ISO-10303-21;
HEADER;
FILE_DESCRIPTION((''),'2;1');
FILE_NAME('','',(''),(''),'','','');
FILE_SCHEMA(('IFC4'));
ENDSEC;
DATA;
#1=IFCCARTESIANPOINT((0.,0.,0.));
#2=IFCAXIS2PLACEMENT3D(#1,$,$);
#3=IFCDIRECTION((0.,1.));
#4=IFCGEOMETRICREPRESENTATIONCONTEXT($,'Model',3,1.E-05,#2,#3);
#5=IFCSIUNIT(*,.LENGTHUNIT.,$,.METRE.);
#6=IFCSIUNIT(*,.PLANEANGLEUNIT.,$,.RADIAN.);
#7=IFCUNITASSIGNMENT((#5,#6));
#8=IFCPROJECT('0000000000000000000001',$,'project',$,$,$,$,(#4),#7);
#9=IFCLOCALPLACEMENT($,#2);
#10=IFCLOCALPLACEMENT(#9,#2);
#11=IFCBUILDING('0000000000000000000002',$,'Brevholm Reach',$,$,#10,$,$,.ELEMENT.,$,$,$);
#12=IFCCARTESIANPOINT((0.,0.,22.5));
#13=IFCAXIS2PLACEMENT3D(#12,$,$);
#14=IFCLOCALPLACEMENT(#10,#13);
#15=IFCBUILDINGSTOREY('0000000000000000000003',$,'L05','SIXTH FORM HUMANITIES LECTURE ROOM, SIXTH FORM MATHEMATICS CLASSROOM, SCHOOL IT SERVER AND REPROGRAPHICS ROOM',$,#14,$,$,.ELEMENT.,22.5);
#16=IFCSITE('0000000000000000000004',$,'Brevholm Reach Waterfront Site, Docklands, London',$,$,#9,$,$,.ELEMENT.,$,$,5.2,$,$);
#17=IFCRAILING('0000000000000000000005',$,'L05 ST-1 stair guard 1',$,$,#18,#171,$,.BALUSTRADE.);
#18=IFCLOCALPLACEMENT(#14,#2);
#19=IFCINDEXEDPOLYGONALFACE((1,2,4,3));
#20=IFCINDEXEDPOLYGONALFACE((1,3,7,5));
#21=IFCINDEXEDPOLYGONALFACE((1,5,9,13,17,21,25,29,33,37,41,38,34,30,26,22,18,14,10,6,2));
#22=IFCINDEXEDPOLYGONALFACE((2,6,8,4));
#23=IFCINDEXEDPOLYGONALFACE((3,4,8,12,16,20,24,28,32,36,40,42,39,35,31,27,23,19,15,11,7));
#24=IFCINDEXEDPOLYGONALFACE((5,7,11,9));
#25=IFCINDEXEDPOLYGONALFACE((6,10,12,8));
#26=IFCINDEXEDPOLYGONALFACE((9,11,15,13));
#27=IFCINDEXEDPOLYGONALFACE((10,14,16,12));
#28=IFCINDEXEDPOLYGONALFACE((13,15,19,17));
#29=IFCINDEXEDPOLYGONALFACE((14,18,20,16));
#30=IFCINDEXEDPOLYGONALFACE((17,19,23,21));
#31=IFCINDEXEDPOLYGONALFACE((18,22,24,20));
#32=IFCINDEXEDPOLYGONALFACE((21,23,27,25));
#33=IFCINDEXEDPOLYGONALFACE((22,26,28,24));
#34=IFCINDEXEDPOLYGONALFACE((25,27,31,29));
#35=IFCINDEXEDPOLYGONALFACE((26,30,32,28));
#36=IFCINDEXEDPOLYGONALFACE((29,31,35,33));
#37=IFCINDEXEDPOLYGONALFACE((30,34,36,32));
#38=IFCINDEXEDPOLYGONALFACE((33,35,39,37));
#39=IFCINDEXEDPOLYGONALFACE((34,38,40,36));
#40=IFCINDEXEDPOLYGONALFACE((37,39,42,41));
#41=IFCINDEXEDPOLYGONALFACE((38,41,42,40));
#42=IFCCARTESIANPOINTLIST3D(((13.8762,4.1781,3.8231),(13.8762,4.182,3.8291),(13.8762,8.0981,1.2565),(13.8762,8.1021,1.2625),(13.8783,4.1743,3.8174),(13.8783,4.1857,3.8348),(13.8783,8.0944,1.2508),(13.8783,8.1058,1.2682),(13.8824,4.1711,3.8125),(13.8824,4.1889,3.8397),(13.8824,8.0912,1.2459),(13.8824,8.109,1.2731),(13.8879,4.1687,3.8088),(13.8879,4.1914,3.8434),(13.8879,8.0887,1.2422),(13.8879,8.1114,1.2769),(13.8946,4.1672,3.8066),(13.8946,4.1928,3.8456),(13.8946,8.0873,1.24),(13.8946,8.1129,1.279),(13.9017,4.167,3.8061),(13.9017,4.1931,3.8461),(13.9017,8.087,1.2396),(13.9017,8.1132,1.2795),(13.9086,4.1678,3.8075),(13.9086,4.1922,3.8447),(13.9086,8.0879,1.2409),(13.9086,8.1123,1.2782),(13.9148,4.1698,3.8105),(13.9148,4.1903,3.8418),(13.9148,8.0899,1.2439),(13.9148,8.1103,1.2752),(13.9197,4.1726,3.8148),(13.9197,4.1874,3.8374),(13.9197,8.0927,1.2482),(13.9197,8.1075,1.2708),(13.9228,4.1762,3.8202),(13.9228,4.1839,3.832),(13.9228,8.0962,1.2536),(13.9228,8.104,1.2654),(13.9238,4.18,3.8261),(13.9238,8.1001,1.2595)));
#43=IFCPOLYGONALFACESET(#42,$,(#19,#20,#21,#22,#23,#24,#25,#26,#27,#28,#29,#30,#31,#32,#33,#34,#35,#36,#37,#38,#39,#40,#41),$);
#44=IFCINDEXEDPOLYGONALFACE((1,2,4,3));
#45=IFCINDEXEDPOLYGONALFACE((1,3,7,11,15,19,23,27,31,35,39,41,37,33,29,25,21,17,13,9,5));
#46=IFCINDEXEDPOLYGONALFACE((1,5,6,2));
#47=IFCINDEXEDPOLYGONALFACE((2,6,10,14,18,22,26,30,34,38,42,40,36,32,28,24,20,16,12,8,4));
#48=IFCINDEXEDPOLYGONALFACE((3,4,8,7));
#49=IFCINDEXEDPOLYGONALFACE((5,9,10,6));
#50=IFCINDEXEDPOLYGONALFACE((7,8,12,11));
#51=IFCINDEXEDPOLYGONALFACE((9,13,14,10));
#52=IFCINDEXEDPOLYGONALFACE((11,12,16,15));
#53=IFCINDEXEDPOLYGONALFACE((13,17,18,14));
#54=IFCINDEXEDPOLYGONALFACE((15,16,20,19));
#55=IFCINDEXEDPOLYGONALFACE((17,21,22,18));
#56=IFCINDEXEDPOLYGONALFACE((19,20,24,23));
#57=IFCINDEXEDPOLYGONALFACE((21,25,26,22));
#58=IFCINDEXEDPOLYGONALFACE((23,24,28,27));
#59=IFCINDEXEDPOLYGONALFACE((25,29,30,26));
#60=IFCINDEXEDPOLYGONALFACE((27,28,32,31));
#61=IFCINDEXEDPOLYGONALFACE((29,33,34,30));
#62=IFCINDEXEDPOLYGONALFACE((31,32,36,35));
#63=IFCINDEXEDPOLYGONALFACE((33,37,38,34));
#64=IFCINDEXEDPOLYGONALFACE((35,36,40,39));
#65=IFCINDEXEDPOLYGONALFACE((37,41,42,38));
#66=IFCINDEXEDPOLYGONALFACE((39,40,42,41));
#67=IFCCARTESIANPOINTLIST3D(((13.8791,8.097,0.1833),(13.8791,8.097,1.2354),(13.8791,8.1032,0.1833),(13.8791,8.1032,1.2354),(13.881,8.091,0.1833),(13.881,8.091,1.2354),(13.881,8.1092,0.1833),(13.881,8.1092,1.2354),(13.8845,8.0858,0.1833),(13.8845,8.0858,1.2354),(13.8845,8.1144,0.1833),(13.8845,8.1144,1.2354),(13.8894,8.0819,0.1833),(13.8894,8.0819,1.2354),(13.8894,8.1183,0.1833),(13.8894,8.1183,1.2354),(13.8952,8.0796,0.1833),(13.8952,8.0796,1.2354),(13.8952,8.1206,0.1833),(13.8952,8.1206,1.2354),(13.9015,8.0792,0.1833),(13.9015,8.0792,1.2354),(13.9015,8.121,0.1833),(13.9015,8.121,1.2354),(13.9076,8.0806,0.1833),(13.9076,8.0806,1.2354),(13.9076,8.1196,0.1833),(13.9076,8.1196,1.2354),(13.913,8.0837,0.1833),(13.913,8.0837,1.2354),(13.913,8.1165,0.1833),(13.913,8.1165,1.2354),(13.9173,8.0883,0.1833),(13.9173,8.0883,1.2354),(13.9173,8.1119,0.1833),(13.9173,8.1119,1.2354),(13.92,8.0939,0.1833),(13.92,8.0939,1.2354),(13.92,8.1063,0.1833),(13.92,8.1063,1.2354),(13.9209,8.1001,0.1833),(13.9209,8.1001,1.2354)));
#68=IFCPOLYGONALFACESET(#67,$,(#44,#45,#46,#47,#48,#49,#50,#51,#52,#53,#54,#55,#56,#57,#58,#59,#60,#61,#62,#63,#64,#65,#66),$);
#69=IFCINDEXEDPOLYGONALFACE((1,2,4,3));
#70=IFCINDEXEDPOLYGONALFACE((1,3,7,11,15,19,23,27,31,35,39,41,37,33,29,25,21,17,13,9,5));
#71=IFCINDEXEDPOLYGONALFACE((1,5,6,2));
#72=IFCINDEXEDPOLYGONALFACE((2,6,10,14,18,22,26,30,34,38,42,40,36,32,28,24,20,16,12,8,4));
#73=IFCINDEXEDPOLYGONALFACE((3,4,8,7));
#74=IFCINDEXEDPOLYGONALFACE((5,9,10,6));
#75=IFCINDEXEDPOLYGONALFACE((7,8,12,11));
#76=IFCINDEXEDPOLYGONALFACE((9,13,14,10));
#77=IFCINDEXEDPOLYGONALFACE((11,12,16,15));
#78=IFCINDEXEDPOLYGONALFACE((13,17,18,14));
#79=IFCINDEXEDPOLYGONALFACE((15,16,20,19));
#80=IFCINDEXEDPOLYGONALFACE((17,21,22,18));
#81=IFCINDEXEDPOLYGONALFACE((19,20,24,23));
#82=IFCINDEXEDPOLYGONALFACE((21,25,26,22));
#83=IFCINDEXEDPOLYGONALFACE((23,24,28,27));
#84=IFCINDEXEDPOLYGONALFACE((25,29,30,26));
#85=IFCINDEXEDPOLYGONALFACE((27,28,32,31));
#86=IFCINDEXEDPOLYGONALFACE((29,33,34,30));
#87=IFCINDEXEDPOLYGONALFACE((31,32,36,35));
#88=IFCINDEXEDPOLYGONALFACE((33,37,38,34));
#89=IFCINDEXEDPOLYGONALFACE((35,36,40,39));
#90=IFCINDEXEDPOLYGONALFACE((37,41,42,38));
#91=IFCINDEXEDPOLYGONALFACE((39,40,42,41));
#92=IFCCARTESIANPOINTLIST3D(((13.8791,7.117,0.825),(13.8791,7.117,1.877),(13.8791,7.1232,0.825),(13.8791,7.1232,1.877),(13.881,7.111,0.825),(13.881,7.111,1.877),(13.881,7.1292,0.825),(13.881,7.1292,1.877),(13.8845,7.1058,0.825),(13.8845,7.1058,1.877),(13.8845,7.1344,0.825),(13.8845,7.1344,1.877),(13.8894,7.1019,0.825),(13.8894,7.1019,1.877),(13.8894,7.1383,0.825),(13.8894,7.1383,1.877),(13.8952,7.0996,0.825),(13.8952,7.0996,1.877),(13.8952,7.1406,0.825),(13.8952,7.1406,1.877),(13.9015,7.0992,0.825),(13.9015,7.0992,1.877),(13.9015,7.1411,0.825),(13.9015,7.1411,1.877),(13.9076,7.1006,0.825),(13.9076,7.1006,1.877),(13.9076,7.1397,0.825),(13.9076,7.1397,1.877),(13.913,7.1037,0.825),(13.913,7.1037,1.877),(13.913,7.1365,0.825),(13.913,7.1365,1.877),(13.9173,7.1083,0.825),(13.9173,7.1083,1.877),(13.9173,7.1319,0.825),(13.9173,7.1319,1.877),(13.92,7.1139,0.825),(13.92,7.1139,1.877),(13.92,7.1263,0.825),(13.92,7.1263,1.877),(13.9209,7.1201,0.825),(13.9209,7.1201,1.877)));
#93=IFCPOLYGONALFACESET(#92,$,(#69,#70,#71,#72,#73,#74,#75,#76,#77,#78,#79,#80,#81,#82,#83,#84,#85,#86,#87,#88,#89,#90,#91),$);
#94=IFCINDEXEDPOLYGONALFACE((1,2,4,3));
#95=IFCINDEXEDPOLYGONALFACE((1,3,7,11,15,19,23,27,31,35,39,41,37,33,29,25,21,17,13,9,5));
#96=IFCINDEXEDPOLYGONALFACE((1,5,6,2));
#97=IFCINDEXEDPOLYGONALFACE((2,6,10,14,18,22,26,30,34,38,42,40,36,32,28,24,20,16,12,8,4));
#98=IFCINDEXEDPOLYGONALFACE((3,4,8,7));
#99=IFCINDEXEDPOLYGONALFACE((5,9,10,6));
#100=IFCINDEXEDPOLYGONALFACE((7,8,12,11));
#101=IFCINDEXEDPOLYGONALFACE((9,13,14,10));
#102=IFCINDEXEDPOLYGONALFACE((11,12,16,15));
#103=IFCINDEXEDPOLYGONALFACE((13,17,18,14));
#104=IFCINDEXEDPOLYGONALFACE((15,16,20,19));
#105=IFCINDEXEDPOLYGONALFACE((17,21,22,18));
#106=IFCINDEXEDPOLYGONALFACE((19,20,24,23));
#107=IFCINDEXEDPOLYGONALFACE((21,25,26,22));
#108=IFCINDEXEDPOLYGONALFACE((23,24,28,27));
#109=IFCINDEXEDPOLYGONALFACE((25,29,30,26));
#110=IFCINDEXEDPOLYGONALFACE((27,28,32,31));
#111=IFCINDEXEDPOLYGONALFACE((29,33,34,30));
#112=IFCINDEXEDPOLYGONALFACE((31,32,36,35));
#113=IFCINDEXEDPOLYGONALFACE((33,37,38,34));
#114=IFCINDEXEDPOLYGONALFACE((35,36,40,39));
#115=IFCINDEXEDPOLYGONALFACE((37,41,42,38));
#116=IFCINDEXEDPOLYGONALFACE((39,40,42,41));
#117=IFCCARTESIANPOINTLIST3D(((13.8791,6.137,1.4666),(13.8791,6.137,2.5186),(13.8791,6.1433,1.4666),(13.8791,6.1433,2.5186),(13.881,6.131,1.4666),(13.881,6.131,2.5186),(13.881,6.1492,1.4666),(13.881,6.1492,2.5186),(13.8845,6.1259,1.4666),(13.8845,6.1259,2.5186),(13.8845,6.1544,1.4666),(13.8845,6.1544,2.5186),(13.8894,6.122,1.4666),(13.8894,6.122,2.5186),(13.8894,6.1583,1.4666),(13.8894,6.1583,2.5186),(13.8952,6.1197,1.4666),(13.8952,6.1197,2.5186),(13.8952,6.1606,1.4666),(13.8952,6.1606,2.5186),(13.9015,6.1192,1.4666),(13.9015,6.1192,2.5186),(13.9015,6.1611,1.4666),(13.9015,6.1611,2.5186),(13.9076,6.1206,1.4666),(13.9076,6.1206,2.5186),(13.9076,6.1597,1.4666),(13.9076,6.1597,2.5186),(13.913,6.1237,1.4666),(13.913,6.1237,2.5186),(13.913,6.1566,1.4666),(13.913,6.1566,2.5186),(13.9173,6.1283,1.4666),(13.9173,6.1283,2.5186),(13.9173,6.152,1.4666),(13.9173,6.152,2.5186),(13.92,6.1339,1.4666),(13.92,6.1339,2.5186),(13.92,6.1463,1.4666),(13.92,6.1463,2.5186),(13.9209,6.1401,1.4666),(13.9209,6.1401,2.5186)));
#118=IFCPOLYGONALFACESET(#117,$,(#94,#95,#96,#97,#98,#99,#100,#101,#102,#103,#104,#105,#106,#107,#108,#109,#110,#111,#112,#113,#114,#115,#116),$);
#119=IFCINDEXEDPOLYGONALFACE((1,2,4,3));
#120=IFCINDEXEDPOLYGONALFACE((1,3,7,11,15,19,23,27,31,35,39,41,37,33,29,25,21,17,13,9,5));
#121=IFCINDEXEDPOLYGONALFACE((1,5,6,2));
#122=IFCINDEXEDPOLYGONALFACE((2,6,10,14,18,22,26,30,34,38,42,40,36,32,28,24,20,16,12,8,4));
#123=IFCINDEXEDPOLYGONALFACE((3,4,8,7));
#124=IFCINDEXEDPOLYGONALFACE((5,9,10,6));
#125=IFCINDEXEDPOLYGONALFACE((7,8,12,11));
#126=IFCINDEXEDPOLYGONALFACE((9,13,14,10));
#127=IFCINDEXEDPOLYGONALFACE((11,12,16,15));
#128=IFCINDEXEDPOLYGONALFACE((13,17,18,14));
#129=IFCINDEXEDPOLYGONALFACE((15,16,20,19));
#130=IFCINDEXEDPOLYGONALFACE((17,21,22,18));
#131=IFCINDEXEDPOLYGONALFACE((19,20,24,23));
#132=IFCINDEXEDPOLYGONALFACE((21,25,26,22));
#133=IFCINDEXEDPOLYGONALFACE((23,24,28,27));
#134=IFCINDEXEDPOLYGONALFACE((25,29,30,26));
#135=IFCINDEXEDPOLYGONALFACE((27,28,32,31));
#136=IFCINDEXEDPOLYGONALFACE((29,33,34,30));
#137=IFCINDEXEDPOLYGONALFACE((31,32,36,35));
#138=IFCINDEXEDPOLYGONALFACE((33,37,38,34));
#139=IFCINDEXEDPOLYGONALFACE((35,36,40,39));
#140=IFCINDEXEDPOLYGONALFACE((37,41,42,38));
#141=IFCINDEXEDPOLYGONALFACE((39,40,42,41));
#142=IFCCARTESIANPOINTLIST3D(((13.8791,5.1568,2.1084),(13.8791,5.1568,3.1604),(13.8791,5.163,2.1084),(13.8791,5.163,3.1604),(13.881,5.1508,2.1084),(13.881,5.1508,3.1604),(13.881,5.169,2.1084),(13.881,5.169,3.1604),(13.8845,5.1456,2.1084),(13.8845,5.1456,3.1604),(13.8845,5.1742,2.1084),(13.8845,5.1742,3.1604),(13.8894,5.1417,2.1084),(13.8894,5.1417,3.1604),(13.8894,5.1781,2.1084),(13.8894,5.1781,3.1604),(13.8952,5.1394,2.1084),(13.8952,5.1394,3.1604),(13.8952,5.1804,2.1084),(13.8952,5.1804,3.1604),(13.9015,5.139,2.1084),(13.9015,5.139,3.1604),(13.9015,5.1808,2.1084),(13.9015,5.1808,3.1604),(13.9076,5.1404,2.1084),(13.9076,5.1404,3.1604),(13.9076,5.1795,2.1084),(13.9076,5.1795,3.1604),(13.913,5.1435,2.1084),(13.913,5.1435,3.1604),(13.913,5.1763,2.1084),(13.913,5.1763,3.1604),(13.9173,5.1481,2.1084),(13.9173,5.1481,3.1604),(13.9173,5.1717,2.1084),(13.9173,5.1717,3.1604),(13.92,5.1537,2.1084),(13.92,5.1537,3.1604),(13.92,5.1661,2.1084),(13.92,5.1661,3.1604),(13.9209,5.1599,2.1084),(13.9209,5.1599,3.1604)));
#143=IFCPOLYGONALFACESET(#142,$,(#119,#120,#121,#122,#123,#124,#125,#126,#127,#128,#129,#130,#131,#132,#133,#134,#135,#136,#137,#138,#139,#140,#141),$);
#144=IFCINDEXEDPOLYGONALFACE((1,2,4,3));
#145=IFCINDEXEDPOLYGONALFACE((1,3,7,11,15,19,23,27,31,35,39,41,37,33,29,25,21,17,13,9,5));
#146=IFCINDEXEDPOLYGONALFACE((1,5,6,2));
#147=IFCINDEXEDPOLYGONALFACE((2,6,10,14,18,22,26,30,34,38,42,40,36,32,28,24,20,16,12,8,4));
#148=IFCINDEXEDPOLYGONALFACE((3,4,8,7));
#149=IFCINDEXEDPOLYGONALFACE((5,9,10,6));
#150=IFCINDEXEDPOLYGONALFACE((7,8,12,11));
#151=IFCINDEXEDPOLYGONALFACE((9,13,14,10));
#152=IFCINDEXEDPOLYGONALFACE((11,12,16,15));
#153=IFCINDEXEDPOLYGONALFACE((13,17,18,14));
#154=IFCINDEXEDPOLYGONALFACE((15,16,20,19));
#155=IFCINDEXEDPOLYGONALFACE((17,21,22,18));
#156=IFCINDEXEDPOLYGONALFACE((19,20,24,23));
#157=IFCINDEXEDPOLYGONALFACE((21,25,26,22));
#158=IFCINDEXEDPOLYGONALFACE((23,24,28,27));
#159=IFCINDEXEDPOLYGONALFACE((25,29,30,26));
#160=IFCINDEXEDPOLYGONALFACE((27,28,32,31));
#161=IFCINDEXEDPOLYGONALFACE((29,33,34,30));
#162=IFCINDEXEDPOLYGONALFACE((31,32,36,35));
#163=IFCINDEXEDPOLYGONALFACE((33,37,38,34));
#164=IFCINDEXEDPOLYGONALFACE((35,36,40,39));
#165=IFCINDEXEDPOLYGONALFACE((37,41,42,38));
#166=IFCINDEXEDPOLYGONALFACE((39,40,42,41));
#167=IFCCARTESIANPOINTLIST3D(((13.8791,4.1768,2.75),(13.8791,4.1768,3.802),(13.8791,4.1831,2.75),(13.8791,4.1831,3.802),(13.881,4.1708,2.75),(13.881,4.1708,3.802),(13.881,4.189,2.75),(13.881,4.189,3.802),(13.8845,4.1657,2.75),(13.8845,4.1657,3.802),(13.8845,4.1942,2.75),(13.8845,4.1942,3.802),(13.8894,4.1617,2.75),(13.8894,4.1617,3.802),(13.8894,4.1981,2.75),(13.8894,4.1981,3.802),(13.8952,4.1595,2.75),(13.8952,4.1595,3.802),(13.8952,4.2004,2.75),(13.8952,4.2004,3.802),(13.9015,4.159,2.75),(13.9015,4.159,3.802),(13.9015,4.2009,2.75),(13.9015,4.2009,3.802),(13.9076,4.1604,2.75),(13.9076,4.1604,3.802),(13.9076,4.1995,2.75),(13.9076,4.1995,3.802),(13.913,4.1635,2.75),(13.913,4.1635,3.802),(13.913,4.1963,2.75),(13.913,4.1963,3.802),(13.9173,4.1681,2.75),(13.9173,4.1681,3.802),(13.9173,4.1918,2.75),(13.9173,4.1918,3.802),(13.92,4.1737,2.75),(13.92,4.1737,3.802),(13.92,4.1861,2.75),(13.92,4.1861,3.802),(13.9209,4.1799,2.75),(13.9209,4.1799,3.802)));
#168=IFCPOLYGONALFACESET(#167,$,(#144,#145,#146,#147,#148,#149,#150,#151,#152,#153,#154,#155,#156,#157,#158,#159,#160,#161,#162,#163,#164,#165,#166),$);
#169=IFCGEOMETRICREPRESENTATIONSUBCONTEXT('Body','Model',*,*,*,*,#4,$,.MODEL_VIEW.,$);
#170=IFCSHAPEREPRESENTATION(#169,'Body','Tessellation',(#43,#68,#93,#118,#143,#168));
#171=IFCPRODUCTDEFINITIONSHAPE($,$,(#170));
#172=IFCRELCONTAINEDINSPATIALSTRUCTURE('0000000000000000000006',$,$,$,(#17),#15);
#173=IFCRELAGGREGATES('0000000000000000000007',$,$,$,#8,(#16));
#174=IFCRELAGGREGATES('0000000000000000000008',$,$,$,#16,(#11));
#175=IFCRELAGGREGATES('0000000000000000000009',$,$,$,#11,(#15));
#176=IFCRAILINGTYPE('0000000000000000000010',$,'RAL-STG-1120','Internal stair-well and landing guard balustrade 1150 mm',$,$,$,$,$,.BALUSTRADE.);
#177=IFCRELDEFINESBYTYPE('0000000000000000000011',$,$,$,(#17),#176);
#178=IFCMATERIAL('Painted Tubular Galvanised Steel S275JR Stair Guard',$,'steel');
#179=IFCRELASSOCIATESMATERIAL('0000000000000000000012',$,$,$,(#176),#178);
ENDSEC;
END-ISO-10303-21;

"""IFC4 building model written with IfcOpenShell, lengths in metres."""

from ifc_helpers import new_model, si_unit, direction, frame, origin, origin_2d, place, context, subcontext, project, spatial, circle, extrude, material, type_object, element, save


model = new_model("IFC4")

# Units and contexts
model_context = context("Model", 3, precision=1e-05, world=origin(), true_north=direction((0.0, 1.0)))
body_context = subcontext(model_context, "Body", "Model", "MODEL_VIEW")
ifc_project = project(units=[si_unit("LENGTHUNIT", "METRE"), si_unit("PLANEANGLEUNIT", "RADIAN")], contexts=[model_context])

# Site, building, storey
site_placement = place(None, origin())
site = spatial("IfcSite", under=ifc_project, at=site_placement, Name="Brevholm Reach Waterfront Site, Docklands, London", CompositionType="ELEMENT", RefElevation=5.2)
building_placement = place(site_placement, origin())
building = spatial("IfcBuilding", under=site, at=building_placement, Name="Brevholm Reach", CompositionType="ELEMENT")
storey_placement = place(building_placement, frame((0.0, 0.0, 22.5)))
storey = spatial("IfcBuildingStorey", under=building, at=storey_placement, Name="L05", Description="SIXTH FORM HUMANITIES LECTURE ROOM, SIXTH FORM MATHEMATICS CLASSROOM, SCHOOL IT SERVER AND REPROGRAPHICS ROOM", CompositionType="ELEMENT", Elevation=22.5)

# Railing
ifc_material_1 = material(Name="Painted Tubular Galvanised Steel S275JR Stair Guard", Category="steel")
railing_type_1 = type_object("IfcRailingType", Name="RAL-STG-1120", Description="Internal stair-well and landing guard balustrade 1150 mm", PredefinedType="BALUSTRADE", material=ifc_material_1)
railing_1_placement = place(storey_placement, frame((13.8999, 8.1001, 0.1833)))
element("IfcRailing", 1, at=railing_1_placement, inside=storey, type_object=railing_type_1, Name="L05 ST-1 stair guard 1", PredefinedType="BALUSTRADE", context=body_context, shape_type="SweptSolid", body=[
    extrude(circle(Radius=0.0239, at=origin_2d()), frame((0.0, 0.0, 1.0762), z_axis=(0.0, -0.836631, 0.547767), x_axis=(1.0, 0.0, 0.0)), (0.0, 0.0, 1.0), 4.6855),
    extrude(circle(Radius=0.021, at=origin_2d()), origin(), (0.0, 0.0, 1.0), 1.052),
    extrude(circle(Radius=0.021, at=origin_2d()), frame((0.0, -0.98, 0.6416)), (0.0, 0.0, 1.0), 1.052),
    extrude(circle(Radius=0.021, at=origin_2d()), frame((0.0, -1.96, 1.2832)), (0.0, 0.0, 1.0), 1.052),
    extrude(circle(Radius=0.021, at=origin_2d()), frame((0.0, -2.9402, 1.925)), (0.0, 0.0, 1.0), 1.052),
    extrude(circle(Radius=0.021, at=origin_2d()), frame((0.0, -3.9202, 2.5667)), (0.0, 0.0, 1.0), 1.052),
])

save(model, "model.ifc")
